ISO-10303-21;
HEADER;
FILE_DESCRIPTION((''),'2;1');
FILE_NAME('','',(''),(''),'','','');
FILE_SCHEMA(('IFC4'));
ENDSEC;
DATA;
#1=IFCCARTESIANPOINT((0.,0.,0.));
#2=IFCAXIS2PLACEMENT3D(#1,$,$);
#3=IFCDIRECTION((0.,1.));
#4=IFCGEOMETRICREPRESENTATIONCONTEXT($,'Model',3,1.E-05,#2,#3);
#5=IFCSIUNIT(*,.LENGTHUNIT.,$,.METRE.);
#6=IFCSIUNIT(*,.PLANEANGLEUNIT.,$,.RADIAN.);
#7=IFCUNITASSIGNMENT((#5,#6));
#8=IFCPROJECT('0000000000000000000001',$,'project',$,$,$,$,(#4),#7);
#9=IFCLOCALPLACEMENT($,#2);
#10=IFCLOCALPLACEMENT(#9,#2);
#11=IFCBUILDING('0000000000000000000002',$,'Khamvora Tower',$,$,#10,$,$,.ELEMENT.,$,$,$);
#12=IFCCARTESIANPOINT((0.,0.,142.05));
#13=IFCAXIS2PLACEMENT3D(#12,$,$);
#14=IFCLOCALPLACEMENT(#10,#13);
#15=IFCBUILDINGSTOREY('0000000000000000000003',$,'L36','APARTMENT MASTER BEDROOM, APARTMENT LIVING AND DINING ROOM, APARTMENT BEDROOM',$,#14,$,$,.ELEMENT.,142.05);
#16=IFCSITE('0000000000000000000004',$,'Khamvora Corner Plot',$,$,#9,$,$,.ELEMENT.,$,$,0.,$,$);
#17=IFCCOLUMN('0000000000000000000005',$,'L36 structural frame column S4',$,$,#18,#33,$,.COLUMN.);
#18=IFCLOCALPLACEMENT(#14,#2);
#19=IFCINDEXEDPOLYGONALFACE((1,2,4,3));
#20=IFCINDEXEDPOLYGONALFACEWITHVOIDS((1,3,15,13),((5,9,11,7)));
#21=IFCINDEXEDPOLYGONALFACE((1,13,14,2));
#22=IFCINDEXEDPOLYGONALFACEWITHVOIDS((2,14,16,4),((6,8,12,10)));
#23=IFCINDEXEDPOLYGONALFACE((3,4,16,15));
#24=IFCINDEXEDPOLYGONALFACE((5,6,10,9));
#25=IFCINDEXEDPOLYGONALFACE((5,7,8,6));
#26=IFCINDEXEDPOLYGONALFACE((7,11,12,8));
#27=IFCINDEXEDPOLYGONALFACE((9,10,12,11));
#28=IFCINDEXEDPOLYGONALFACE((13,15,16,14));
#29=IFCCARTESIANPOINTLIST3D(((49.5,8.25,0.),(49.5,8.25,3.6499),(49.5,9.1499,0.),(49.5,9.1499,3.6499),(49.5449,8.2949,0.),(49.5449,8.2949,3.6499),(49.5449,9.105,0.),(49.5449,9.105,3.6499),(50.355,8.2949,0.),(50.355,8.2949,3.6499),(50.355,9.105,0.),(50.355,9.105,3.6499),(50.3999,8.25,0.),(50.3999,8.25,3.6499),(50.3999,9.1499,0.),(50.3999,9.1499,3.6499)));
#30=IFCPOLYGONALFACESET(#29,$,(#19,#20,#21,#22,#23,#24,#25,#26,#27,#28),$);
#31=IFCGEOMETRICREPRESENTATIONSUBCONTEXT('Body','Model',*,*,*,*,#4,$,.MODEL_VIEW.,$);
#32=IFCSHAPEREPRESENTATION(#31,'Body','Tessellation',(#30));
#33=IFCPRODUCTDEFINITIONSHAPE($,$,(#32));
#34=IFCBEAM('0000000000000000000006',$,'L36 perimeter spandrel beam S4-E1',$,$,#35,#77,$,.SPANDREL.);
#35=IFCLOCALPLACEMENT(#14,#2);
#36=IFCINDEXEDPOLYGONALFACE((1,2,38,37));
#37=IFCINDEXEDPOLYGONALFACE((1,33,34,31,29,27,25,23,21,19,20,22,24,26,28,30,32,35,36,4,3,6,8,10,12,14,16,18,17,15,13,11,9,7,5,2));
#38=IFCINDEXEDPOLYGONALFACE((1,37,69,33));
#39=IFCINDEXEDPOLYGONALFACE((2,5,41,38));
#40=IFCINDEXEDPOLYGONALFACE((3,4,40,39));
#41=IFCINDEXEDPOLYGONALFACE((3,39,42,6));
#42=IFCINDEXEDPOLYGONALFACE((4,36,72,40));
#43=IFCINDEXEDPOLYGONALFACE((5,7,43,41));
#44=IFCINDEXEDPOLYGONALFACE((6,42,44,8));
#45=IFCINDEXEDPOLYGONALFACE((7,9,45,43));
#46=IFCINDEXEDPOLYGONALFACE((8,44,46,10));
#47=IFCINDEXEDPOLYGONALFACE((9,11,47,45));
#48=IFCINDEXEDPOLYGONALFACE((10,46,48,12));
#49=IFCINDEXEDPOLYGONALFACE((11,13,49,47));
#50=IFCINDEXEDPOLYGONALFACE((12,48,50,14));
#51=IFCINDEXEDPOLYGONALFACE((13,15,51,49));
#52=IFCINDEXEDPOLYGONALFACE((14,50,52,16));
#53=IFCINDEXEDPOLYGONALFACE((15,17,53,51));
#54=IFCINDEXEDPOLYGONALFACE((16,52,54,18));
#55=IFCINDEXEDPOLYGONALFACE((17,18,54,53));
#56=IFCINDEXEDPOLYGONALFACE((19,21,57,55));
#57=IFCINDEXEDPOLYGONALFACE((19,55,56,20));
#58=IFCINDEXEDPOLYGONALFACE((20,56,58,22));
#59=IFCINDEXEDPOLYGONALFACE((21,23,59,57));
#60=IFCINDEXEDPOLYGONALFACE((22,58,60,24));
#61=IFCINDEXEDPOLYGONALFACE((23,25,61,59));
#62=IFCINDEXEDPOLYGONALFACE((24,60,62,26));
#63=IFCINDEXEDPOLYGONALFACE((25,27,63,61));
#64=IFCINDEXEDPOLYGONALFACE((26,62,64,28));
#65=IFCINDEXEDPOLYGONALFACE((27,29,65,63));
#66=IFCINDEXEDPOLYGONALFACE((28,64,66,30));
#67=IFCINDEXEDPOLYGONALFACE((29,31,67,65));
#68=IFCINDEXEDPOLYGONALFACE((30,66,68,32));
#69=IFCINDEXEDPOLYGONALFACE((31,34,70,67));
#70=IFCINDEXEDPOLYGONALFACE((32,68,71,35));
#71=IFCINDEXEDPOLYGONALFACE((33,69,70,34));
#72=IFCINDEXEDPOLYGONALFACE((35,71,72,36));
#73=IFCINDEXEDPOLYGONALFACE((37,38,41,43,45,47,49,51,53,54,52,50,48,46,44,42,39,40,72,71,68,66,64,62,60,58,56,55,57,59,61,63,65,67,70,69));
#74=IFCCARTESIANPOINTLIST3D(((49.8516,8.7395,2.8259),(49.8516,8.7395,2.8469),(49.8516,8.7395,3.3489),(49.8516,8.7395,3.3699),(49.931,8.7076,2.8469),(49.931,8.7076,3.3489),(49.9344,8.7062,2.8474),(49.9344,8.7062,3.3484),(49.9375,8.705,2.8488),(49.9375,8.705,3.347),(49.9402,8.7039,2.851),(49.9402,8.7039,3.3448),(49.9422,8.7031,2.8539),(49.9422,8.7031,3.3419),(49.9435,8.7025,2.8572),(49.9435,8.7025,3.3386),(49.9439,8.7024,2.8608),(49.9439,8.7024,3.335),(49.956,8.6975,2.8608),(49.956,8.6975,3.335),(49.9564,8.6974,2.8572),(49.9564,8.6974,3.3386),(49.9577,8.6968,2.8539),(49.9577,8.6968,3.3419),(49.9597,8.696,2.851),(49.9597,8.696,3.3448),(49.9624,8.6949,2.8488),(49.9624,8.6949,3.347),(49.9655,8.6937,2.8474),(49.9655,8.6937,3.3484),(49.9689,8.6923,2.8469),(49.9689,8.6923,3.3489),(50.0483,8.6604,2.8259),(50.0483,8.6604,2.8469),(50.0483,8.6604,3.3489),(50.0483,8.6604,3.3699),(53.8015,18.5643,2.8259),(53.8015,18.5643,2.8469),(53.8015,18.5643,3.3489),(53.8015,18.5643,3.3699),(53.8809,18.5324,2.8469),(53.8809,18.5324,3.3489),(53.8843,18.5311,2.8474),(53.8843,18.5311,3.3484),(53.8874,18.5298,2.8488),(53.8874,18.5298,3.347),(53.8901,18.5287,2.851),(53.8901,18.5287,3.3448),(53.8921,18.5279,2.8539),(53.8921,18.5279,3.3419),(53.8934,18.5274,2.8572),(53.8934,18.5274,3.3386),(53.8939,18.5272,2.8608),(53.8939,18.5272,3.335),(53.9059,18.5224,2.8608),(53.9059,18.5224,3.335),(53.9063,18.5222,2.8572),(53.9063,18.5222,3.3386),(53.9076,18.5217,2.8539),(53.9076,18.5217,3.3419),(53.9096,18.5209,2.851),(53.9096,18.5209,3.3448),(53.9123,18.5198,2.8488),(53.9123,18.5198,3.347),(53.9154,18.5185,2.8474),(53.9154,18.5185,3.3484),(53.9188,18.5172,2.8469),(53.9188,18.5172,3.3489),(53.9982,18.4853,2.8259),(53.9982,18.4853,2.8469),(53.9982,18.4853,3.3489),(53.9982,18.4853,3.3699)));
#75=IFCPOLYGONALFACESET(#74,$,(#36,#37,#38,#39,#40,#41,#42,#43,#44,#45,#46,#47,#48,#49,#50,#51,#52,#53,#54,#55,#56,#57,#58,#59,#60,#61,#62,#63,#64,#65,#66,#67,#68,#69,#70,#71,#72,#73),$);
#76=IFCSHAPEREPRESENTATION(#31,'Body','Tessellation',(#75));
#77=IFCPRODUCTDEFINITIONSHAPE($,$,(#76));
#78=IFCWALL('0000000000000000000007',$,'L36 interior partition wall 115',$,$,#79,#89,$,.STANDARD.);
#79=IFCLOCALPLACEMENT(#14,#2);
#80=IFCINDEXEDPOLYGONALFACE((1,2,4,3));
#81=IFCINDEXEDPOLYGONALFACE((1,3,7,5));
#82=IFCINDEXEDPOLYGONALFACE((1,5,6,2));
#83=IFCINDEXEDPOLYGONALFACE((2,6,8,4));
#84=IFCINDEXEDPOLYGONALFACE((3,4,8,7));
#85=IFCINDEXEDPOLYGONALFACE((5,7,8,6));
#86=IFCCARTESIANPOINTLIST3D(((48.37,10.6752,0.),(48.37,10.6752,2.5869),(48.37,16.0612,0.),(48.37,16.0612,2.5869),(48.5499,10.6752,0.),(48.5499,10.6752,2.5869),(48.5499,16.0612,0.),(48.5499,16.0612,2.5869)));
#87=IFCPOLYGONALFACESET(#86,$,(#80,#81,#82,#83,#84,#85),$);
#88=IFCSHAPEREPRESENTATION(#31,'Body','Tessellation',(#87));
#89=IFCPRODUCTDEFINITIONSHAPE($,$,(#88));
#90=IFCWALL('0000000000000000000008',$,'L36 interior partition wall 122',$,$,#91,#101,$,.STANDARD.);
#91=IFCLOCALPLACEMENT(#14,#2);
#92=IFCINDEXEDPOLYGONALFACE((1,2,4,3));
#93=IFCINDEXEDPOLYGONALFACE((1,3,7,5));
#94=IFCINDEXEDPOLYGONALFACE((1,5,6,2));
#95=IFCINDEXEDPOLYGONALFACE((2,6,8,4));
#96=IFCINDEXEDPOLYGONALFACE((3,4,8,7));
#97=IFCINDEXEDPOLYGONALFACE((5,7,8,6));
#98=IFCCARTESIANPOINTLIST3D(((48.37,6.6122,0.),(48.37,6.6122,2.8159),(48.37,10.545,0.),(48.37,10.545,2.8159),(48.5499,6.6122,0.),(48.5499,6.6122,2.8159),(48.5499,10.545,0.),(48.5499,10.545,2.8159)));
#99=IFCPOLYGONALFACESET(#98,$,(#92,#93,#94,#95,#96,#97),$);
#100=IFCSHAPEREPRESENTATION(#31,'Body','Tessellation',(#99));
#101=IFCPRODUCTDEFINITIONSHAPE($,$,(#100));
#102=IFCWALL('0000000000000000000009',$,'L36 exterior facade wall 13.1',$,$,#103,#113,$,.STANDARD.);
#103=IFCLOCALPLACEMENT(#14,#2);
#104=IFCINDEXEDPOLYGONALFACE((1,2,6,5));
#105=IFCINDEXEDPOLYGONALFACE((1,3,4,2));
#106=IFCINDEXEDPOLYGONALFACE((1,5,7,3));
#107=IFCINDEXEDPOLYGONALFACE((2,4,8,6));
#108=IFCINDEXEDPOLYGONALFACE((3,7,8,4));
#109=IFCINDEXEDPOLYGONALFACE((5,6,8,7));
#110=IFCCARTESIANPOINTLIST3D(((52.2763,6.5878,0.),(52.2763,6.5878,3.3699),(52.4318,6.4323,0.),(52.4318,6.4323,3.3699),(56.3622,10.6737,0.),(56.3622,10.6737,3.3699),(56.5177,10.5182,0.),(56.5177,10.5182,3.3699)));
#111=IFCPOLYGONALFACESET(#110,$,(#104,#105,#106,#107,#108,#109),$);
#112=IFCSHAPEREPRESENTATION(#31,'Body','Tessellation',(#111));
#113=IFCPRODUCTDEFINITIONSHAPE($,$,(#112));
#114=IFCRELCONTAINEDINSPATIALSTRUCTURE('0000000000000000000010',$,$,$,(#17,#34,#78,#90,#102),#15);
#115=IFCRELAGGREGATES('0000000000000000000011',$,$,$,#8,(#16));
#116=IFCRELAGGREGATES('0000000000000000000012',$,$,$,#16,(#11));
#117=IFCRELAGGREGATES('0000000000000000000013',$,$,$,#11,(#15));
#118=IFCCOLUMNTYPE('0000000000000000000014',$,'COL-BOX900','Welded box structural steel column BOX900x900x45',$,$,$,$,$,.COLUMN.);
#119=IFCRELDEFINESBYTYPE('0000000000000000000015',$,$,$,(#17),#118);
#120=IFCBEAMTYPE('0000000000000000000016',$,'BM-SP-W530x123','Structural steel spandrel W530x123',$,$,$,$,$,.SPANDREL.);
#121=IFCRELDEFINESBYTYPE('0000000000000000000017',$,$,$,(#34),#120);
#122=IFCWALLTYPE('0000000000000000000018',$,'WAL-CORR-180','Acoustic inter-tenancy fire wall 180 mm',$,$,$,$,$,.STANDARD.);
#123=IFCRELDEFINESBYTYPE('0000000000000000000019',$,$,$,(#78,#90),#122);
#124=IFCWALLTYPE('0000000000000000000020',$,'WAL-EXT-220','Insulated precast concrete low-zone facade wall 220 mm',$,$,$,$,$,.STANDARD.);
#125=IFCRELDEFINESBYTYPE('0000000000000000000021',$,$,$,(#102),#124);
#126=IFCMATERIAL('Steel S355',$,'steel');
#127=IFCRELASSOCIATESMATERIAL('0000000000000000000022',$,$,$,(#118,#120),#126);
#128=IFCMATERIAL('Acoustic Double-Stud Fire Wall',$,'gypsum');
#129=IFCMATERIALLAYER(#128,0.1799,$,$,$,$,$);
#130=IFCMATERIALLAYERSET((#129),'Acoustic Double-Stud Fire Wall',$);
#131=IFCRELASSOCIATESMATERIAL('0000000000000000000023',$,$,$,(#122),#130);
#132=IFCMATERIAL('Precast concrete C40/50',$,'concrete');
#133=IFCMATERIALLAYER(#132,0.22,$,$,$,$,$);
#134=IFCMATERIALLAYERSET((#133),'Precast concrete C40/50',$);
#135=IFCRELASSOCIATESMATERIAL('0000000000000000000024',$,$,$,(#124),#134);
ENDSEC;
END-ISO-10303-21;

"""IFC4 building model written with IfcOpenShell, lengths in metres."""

from ifc_helpers import new_model, si_unit, direction, frame, frame_2d, origin, origin_2d, place, context, subcontext, project, spatial, rectangle, hollow_rectangle, i_section, extrude, material, layer, layer_set, material_profile, profile_set, type_object, element, save


model = new_model("IFC4")

# Units and contexts
model_context = context("Model", 3, precision=1e-05, world=origin(), true_north=direction((0.0, 1.0)))
body_context = subcontext(model_context, "Body", "Model", "MODEL_VIEW")
ifc_project = project(units=[si_unit("LENGTHUNIT", "METRE"), si_unit("PLANEANGLEUNIT", "RADIAN")], contexts=[model_context])

# Site, building, storey
site_placement = place(None, origin())
site = spatial("IfcSite", under=ifc_project, at=site_placement, Name="Khamvora Corner Plot", CompositionType="ELEMENT", RefElevation=0.0)
building_placement = place(site_placement, origin())
building = spatial("IfcBuilding", under=site, at=building_placement, Name="Khamvora Tower", CompositionType="ELEMENT")
storey_placement = place(building_placement, frame((0.0, 0.0, 142.05)))
storey = spatial("IfcBuildingStorey", under=building, at=storey_placement, Name="L36", Description="APARTMENT MASTER BEDROOM, APARTMENT LIVING AND DINING ROOM, APARTMENT BEDROOM", CompositionType="ELEMENT", Elevation=142.05)

# Column
ifc_material_1 = material(Name="Steel S355", Category="steel")
ifc_material_profile_1 = material_profile(ifc_material_1, hollow_rectangle(XDim=0.8999, YDim=0.8999, WallThickness=0.0449, at=origin_2d()), Name="BOX900x900x45")
ifc_profile_set_1 = profile_set([ifc_material_profile_1], Name="Steel S355")
column_type = type_object("IfcColumnType", Name="COL-BOX900", Description="Welded box structural steel column BOX900x900x45", PredefinedType="COLUMN", material=ifc_profile_set_1)
column_placement = place(storey_placement, frame((49.95, 8.7, 0.0), z_axis=(0.0, 0.0, 1.0), x_axis=(1.0, 0.0, 0.0)))
element("IfcColumn", 1, at=column_placement, inside=storey, type_object=column_type, Name="L36 structural frame column S4", PredefinedType="COLUMN", context=body_context, shape_type="SweptSolid", body=[
    extrude(hollow_rectangle(XDim=0.8999, YDim=0.8999, WallThickness=0.0449, at=origin_2d()), origin(), (0.0, 0.0, 1.0), 3.6499),
])

# Beam
ifc_material_profile_2 = material_profile(ifc_material_1, i_section(OverallWidth=0.2119, OverallDepth=0.5439, WebThickness=0.0129, FlangeThickness=0.021, FilletRadius=0.0139, at=origin_2d()), Name="W530x123")
ifc_profile_set_2 = profile_set([ifc_material_profile_2], Name="Steel S355")
beam_type = type_object("IfcBeamType", Name="BM-SP-W530x123", Description="Structural steel spandrel W530x123", PredefinedType="SPANDREL", material=ifc_profile_set_2)
beam_placement = place(storey_placement, frame((49.95, 8.7, 3.0979), z_axis=(0.373016, 0.927825, 0.0), x_axis=(-0.927825, 0.373016, 0.0)))
element("IfcBeam", 2, at=beam_placement, inside=storey, type_object=beam_type, Name="L36 perimeter spandrel beam S4-E1", PredefinedType="SPANDREL", context=body_context, shape_type="SweptSolid", body=[
    extrude(i_section(OverallWidth=0.2119, OverallDepth=0.5439, WebThickness=0.0129, FlangeThickness=0.021, FilletRadius=0.0139, at=origin_2d()), origin(), (0.0, 0.0, 1.0), 10.5891),
])

# Walls
ifc_material_2 = material(Name="Acoustic Double-Stud Fire Wall", Category="gypsum")
ifc_layer_1 = layer(ifc_material_2, 0.1799)
ifc_layer_set_1 = layer_set([ifc_layer_1], Name="Acoustic Double-Stud Fire Wall")
wall_type_1 = type_object("IfcWallType", Name="WAL-CORR-180", Description="Acoustic inter-tenancy fire wall 180 mm", PredefinedType="STANDARD", material=ifc_layer_set_1)
wall_1_placement = place(storey_placement, frame((48.46, 16.061, 0.0), z_axis=(0.0, 0.0, 1.0), x_axis=(0.0, -1.0, 0.0)))
element("IfcWall", 3, at=wall_1_placement, inside=storey, type_object=wall_type_1, Name="L36 interior partition wall 115", PredefinedType="STANDARD", context=body_context, shape_type="SweptSolid", body=[
    extrude(rectangle(XDim=5.386, YDim=0.1799, at=frame_2d((2.6929, 0.0))), origin(), (0.0, 0.0, 1.0), 2.5869),
])
wall_2_placement = place(storey_placement, frame((48.46, 10.5449, 0.0), z_axis=(0.0, 0.0, 1.0), x_axis=(0.0, -1.0, 0.0)))
element("IfcWall", 4, at=wall_2_placement, inside=storey, type_object=wall_type_1, Name="L36 interior partition wall 122", PredefinedType="STANDARD", context=body_context, shape_type="SweptSolid", body=[
    extrude(rectangle(XDim=3.9329, YDim=0.1799, at=frame_2d((1.9663, 0.0))), origin(), (0.0, 0.0, 1.0), 2.8159),
])
ifc_material_3 = material(Name="Precast concrete C40/50", Category="concrete")
ifc_layer_2 = layer(ifc_material_3, 0.22)
ifc_layer_set_2 = layer_set([ifc_layer_2], Name="Precast concrete C40/50")
wall_type_2 = type_object("IfcWallType", Name="WAL-EXT-220", Description="Insulated precast concrete low-zone facade wall 220 mm", PredefinedType="STANDARD", material=ifc_layer_set_2)
wall_3_placement = place(storey_placement, frame((56.4399, 10.5959, 0.0), z_axis=(0.0, 0.0, 1.0), x_axis=(-0.707107, -0.707107, 0.0)))
element("IfcWall", 5, at=wall_3_placement, inside=storey, type_object=wall_type_2, Name="L36 exterior facade wall 13.1", PredefinedType="STANDARD", context=body_context, shape_type="SweptSolid", body=[
    extrude(rectangle(XDim=5.7783, YDim=0.22, at=frame_2d((2.8892, 0.0))), origin(), (0.0, 0.0, 1.0), 3.3699),
])

save(model, "model.ifc")
